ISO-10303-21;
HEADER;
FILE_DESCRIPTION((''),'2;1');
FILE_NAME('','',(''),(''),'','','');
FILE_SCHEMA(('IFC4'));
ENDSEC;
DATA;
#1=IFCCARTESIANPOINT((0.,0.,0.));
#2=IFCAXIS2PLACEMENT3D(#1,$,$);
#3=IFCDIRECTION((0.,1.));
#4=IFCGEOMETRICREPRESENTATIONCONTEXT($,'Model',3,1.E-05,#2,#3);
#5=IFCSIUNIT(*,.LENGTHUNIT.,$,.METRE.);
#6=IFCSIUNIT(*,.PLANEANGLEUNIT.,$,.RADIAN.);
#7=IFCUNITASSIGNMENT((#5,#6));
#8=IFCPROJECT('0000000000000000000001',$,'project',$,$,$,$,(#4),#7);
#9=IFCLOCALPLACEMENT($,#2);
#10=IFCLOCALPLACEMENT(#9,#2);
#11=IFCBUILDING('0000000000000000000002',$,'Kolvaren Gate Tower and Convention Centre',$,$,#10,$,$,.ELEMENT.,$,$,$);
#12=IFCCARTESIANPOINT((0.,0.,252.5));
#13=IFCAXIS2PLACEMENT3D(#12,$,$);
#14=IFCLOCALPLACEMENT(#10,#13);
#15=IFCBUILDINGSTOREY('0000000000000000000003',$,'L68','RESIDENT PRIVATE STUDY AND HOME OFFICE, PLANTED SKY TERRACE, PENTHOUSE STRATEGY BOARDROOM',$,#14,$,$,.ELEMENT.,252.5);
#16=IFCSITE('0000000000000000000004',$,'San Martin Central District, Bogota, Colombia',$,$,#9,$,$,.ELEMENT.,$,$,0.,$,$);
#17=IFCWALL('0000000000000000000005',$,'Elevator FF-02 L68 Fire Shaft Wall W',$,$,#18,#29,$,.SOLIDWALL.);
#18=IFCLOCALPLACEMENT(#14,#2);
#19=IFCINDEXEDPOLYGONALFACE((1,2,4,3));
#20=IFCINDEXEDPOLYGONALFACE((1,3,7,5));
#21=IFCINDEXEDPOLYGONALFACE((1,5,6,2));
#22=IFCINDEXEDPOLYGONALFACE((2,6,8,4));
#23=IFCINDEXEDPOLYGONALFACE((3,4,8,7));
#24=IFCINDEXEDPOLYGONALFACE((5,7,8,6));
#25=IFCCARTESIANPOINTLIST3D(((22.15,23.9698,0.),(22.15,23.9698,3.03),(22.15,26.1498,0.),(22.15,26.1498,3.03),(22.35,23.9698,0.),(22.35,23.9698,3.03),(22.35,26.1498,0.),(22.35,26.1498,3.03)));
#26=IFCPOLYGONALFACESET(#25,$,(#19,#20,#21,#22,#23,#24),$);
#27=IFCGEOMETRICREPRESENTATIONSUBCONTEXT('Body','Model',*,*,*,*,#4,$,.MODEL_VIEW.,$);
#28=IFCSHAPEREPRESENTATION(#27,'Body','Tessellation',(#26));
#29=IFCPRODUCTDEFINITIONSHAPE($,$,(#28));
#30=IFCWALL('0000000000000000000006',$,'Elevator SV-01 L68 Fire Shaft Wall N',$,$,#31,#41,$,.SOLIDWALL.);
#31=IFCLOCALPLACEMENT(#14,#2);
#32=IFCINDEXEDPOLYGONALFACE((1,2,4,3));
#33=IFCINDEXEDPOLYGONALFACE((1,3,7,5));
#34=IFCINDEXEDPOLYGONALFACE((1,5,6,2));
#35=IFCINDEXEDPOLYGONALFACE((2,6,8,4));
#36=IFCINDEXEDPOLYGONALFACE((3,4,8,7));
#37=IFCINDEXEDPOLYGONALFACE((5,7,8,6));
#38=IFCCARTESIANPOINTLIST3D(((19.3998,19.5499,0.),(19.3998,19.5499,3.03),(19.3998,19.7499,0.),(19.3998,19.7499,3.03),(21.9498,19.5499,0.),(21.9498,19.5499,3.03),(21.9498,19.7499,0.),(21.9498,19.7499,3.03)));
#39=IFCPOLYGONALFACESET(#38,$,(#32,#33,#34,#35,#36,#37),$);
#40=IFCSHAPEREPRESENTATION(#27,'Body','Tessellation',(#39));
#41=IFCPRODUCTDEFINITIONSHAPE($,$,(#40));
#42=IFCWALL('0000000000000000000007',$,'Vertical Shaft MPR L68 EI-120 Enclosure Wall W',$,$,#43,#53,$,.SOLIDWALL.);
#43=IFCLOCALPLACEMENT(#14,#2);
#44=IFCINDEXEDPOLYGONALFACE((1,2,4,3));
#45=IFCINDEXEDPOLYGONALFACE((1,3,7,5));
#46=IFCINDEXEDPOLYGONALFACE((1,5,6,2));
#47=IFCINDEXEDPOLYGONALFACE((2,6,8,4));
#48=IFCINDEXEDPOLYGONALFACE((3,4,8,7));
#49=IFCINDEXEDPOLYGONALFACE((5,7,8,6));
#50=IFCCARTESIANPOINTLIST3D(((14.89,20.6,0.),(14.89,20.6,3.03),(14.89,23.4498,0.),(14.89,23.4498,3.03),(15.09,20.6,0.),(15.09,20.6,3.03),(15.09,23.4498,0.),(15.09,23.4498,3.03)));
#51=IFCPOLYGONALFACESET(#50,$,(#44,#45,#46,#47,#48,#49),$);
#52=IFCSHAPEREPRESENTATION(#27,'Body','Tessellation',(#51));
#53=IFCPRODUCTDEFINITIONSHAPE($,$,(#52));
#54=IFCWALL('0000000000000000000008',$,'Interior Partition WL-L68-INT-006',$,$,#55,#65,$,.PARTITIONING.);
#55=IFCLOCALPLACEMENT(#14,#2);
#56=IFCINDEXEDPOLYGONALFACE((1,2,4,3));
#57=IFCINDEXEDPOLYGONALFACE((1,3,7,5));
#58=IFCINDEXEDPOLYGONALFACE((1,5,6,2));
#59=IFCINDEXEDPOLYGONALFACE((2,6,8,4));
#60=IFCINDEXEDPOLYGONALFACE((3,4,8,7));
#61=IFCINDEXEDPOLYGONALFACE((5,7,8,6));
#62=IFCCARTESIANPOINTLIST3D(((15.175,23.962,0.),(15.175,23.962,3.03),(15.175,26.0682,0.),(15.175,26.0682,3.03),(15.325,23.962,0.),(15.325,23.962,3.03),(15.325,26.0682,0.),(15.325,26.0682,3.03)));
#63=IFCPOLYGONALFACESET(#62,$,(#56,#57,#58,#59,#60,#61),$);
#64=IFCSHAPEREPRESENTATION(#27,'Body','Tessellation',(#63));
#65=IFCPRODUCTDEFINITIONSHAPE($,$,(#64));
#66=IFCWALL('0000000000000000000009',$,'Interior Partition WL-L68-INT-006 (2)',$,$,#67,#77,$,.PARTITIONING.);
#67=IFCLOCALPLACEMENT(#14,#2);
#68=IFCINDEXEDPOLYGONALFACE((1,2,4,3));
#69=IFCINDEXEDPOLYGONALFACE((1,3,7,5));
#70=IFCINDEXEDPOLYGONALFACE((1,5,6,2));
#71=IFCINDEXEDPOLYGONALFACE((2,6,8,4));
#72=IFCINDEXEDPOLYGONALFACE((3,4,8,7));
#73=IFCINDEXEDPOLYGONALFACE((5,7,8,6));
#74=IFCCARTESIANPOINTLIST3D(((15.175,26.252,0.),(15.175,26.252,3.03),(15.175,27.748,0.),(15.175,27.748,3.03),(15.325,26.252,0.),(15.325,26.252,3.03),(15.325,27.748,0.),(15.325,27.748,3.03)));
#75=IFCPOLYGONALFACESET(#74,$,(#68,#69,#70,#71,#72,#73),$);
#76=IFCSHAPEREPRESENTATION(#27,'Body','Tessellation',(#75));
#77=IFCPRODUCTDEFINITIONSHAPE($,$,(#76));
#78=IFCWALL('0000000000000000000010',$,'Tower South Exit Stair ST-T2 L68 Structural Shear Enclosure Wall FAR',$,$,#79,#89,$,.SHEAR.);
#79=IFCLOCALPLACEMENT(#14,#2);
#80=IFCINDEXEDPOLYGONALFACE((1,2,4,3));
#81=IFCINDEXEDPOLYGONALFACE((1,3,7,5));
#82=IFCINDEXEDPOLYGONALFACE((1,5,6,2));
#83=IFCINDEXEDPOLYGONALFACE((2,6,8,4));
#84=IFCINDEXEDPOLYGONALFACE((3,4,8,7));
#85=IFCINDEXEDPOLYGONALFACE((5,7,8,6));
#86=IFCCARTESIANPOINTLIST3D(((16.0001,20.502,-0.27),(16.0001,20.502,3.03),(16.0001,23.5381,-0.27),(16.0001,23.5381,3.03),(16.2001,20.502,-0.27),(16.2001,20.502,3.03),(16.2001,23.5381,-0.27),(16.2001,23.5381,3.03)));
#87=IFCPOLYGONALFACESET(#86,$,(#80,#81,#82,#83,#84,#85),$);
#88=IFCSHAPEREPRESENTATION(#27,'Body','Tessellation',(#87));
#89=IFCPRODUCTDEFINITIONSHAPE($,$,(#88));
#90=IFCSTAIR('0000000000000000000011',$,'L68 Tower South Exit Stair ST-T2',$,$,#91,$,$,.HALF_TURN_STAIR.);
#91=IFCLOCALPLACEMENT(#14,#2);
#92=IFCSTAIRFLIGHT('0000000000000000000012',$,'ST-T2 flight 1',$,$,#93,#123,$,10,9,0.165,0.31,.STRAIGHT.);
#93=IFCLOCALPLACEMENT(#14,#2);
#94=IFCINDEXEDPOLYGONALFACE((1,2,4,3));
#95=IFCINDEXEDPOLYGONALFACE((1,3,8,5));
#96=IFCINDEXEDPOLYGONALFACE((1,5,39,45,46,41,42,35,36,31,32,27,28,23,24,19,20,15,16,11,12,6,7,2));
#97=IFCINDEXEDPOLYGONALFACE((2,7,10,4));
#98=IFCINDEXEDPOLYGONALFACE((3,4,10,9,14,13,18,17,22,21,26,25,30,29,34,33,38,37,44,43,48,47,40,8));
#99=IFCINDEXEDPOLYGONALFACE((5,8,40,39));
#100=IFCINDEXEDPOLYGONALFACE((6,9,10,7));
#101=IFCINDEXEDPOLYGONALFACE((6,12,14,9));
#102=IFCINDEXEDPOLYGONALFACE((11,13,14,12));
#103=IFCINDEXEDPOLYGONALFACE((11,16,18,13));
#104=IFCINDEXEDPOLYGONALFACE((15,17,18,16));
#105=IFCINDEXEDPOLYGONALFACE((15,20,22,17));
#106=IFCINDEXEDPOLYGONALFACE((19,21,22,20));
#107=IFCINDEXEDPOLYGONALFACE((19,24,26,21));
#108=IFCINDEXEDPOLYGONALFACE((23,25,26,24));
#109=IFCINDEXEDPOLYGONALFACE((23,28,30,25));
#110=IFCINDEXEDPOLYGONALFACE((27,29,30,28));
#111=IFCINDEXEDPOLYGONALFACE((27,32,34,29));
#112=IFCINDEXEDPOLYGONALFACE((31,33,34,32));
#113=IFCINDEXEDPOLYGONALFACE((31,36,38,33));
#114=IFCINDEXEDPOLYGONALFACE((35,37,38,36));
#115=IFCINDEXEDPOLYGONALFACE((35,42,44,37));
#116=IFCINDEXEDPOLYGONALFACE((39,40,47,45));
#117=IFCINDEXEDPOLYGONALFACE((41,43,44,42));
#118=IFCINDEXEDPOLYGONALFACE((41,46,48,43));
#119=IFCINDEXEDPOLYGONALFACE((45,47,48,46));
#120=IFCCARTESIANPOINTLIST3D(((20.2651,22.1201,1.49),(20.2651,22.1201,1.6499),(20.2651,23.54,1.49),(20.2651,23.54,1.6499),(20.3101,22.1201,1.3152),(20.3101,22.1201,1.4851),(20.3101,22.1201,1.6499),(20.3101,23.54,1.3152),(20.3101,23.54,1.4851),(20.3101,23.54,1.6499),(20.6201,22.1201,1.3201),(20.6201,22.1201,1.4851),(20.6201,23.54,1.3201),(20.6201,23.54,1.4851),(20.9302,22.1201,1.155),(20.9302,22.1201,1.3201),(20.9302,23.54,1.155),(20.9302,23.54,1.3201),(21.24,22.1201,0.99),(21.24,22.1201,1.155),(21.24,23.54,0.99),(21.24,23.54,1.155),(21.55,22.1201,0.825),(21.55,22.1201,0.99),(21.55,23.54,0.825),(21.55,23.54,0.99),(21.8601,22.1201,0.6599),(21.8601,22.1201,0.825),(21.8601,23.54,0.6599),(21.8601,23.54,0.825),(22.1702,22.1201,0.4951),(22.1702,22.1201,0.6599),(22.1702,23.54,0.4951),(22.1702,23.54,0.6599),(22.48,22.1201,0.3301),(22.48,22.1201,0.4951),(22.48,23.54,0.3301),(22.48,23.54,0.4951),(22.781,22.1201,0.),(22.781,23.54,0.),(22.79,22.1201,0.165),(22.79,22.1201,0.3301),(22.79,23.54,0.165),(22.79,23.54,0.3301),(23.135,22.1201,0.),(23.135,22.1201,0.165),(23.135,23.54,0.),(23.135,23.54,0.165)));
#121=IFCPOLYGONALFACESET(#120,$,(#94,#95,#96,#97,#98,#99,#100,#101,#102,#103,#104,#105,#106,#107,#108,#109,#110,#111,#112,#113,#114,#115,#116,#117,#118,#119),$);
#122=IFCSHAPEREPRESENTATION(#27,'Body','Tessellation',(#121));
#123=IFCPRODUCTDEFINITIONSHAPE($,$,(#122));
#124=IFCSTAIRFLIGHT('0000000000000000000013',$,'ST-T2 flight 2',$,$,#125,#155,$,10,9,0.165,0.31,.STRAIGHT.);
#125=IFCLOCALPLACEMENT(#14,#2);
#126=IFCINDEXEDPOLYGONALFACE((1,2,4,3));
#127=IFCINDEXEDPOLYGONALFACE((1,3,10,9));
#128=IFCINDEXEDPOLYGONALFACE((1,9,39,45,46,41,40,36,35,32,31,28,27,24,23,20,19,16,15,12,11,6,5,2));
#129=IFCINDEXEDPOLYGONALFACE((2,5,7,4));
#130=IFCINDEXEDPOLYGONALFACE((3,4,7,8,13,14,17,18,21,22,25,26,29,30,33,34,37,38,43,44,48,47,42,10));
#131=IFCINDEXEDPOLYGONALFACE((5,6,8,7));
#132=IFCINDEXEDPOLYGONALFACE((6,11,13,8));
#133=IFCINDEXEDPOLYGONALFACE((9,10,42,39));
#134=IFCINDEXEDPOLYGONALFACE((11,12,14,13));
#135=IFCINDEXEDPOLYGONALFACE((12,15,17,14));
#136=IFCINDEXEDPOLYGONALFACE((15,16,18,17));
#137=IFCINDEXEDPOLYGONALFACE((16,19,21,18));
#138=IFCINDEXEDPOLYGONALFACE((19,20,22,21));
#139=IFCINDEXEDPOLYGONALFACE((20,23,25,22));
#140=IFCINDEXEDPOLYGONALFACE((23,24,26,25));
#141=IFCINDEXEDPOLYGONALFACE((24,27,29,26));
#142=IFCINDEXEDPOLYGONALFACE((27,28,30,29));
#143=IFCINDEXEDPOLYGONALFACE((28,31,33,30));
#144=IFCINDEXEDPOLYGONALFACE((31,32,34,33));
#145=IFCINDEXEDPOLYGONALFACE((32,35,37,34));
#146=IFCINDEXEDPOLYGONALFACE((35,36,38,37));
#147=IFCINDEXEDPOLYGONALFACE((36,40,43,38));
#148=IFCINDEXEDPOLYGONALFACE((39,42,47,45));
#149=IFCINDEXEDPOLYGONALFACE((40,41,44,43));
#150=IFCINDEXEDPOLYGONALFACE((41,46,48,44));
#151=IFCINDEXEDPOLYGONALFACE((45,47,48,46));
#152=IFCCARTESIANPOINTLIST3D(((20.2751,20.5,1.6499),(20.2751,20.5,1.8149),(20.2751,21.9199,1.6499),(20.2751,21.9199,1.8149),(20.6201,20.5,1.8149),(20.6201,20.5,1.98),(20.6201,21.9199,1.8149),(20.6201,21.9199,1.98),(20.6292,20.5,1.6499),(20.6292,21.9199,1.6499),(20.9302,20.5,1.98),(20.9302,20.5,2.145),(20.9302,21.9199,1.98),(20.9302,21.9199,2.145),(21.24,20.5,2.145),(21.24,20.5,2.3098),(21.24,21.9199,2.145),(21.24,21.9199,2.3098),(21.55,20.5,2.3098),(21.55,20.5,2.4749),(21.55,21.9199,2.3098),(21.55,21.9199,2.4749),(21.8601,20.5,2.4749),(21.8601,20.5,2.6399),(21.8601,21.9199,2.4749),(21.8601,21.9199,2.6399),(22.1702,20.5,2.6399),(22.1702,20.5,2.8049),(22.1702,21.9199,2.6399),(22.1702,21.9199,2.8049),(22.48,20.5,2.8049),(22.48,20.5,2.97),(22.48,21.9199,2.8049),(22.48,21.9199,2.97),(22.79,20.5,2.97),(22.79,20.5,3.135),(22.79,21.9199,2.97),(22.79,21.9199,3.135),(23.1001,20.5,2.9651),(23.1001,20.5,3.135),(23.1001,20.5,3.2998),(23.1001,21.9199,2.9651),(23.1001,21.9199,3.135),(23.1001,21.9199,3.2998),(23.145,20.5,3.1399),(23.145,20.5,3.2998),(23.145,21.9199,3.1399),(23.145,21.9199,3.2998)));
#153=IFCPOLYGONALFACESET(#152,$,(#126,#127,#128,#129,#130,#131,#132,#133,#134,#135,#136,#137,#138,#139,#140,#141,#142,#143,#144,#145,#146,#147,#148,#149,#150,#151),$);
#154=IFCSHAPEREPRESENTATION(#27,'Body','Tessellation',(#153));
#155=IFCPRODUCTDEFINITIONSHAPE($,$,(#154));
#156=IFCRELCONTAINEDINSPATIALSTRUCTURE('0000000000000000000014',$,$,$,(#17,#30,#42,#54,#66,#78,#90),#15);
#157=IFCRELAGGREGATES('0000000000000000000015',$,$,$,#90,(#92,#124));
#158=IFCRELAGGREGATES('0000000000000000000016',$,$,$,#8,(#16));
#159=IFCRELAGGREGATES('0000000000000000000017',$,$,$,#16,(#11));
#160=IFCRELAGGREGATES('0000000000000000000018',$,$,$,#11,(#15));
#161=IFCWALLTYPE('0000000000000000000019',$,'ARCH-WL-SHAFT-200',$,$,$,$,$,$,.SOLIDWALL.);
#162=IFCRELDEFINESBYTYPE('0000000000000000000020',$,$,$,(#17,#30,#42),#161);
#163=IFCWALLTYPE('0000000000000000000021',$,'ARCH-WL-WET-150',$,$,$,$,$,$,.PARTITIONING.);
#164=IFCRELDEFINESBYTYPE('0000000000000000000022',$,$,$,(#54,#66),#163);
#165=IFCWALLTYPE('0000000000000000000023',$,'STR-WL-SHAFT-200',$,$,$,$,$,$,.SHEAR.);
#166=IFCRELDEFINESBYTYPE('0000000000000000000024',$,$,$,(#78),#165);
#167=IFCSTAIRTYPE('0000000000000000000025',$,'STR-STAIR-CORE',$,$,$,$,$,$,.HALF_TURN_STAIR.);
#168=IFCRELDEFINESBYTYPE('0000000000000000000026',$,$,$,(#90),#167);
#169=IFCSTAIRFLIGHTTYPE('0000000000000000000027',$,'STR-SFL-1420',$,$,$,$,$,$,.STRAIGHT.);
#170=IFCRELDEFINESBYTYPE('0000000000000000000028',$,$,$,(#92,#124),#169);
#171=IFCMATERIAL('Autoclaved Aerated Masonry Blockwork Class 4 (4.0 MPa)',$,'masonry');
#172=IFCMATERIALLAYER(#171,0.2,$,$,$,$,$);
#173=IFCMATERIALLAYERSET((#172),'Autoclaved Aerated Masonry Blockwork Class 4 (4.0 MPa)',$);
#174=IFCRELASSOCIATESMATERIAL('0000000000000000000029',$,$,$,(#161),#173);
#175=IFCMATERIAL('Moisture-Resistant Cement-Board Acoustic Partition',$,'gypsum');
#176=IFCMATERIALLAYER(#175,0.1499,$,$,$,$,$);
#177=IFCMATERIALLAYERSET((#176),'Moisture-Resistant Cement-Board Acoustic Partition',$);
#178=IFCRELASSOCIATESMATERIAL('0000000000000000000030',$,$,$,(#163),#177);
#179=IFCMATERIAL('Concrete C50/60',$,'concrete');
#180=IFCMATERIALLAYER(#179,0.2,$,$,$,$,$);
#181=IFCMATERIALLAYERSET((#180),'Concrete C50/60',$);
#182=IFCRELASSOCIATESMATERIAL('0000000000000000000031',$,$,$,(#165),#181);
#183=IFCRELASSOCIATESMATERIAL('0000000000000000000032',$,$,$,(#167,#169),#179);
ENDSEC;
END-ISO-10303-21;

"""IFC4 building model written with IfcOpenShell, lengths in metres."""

from ifc_helpers import new_model, si_unit, direction, frame, frame_2d, origin, place, context, subcontext, project, spatial, polyline, rectangle, outline, extrude, material, layer, layer_set, type_object, element, aggregate, save


model = new_model("IFC4")

# Units and contexts
model_context = context("Model", 3, precision=1e-05, world=origin(), true_north=direction((0.0, 1.0)))
body_context = subcontext(model_context, "Body", "Model", "MODEL_VIEW")
ifc_project = project(units=[si_unit("LENGTHUNIT", "METRE"), si_unit("PLANEANGLEUNIT", "RADIAN")], contexts=[model_context])

# Site, building, storey
site_placement = place(None, origin())
site = spatial("IfcSite", under=ifc_project, at=site_placement, Name="San Martin Central District, Bogota, Colombia", CompositionType="ELEMENT", RefElevation=0.0)
building_placement = place(site_placement, origin())
building = spatial("IfcBuilding", under=site, at=building_placement, Name="Kolvaren Gate Tower and Convention Centre", CompositionType="ELEMENT")
storey_placement = place(building_placement, frame((0.0, 0.0, 252.5)))
storey = spatial("IfcBuildingStorey", under=building, at=storey_placement, Name="L68", Description="RESIDENT PRIVATE STUDY AND HOME OFFICE, PLANTED SKY TERRACE, PENTHOUSE STRATEGY BOARDROOM", CompositionType="ELEMENT", Elevation=252.5)

# Shared definitions
ifc_material_1 = material(Name="Autoclaved Aerated Masonry Blockwork Class 4 (4.0 MPa)", Category="masonry")

# Walls
ifc_layer_1 = layer(ifc_material_1, 0.2)
ifc_layer_set_1 = layer_set([ifc_layer_1], Name="Autoclaved Aerated Masonry Blockwork Class 4 (4.0 MPa)")
wall_type_1 = type_object("IfcWallType", Name="ARCH-WL-SHAFT-200", PredefinedType="SOLIDWALL", material=ifc_layer_set_1)
wall_1_placement = place(storey_placement, frame((22.25, 23.97, 0.0), z_axis=(0.0, 0.0, 1.0), x_axis=(0.0, 1.0, 0.0)))
element("IfcWall", 1, at=wall_1_placement, inside=storey, type_object=wall_type_1, Name="Elevator FF-02 L68 Fire Shaft Wall W", PredefinedType="SOLIDWALL", context=body_context, shape_type="SweptSolid", body=[
    extrude(rectangle(XDim=2.1799, YDim=0.2, at=frame_2d((1.0898, 0.0))), origin(), (0.0, 0.0, 1.0), 3.03),
])
wall_2_placement = place(storey_placement, frame((19.3999, 19.6499, 0.0), z_axis=(0.0, 0.0, 1.0), x_axis=(1.0, 0.0, 0.0)))
element("IfcWall", 2, at=wall_2_placement, inside=storey, type_object=wall_type_1, Name="Elevator SV-01 L68 Fire Shaft Wall N", PredefinedType="SOLIDWALL", context=body_context, shape_type="SweptSolid", body=[
    extrude(rectangle(XDim=2.55, YDim=0.2, at=frame_2d((1.2749, 0.0))), origin(), (0.0, 0.0, 1.0), 3.03),
])
wall_3_placement = place(storey_placement, frame((14.99, 20.6001, 0.0), z_axis=(0.0, 0.0, 1.0), x_axis=(0.0, 1.0, 0.0)))
element("IfcWall", 3, at=wall_3_placement, inside=storey, type_object=wall_type_1, Name="Vertical Shaft MPR L68 EI-120 Enclosure Wall W", PredefinedType="SOLIDWALL", context=body_context, shape_type="SweptSolid", body=[
    extrude(rectangle(XDim=2.8499, YDim=0.2, at=frame_2d((1.4248, 0.0))), origin(), (0.0, 0.0, 1.0), 3.03),
])
ifc_material_2 = material(Name="Moisture-Resistant Cement-Board Acoustic Partition", Category="gypsum")
ifc_layer_2 = layer(ifc_material_2, 0.1499)
ifc_layer_set_2 = layer_set([ifc_layer_2], Name="Moisture-Resistant Cement-Board Acoustic Partition")
wall_type_2 = type_object("IfcWallType", Name="ARCH-WL-WET-150", PredefinedType="PARTITIONING", material=ifc_layer_set_2)
wall_4_placement = place(storey_placement, frame((15.25, 23.9619, 0.0), z_axis=(0.0, 0.0, 1.0), x_axis=(0.0, 1.0, 0.0)))
element("IfcWall", 4, at=wall_4_placement, inside=storey, type_object=wall_type_2, Name="Interior Partition WL-L68-INT-006", PredefinedType="PARTITIONING", context=body_context, shape_type="SweptSolid", body=[
    extrude(rectangle(XDim=2.1062, YDim=0.1499, at=frame_2d((1.0532, 0.0))), origin(), (0.0, 0.0, 1.0), 3.03),
])
wall_5_placement = place(storey_placement, frame((15.25, 26.252, 0.0), z_axis=(0.0, 0.0, 1.0), x_axis=(0.0, 1.0, 0.0)))
element("IfcWall", 5, at=wall_5_placement, inside=storey, type_object=wall_type_2, Name="Interior Partition WL-L68-INT-006 (2)", PredefinedType="PARTITIONING", context=body_context, shape_type="SweptSolid", body=[
    extrude(rectangle(XDim=1.4961, YDim=0.1499, at=frame_2d((0.748, 0.0))), origin(), (0.0, 0.0, 1.0), 3.03),
])
ifc_material_3 = material(Name="Concrete C50/60", Category="concrete")
ifc_layer_3 = layer(ifc_material_3, 0.2)
ifc_layer_set_3 = layer_set([ifc_layer_3], Name="Concrete C50/60")
wall_type_3 = type_object("IfcWallType", Name="STR-WL-SHAFT-200", PredefinedType="SHEAR", material=ifc_layer_set_3)
wall_6_placement = place(storey_placement, frame((16.1001, 20.502, -0.27), z_axis=(0.0, 0.0, 1.0), x_axis=(0.0, 1.0, 0.0)))
element("IfcWall", 6, at=wall_6_placement, inside=storey, type_object=wall_type_3, Name="Tower South Exit Stair ST-T2 L68 Structural Shear Enclosure Wall FAR", PredefinedType="SHEAR", context=body_context, shape_type="SweptSolid", body=[
    extrude(rectangle(XDim=3.0361, YDim=0.2, at=frame_2d((1.5181, 0.0))), origin(), (0.0, 0.0, 1.0), 3.3),
])

# Stair, stair flights
stair_type = type_object("IfcStairType", Name="STR-STAIR-CORE", PredefinedType="HALF_TURN_STAIR", material=ifc_material_3)
stair_placement = place(storey_placement, origin())
stair = element("IfcStair", 7, at=stair_placement, inside=storey, type_object=stair_type, Name="L68 Tower South Exit Stair ST-T2", PredefinedType="HALF_TURN_STAIR")
stair_flight_type = type_object("IfcStairFlightType", Name="STR-SFL-1420", PredefinedType="STRAIGHT", material=ifc_material_3)
stair_flight_1_placement = place(storey_placement, frame((23.1001, 22.8301, 0.0), z_axis=(0.0, 0.0, 1.0), x_axis=(-1.0, 0.0, 0.0)))
stair_flight_1 = element("IfcStairFlight", 8, at=stair_flight_1_placement, type_object=stair_flight_type, Name="ST-T2 flight 1", NumberOfRisers=10, NumberOfTreads=9, PredefinedType="STRAIGHT", RiserHeight=0.165, TreadLength=0.31, context=body_context, shape_type="SweptSolid", body=[
    extrude(outline(polyline([(-0.0349, 0.0), (-0.0349, 0.165), (0.3101, 0.165), (0.3101, 0.3301), (0.6201, 0.3301), (0.6201, 0.4951), (0.9299, 0.4951), (0.9299, 0.6599), (1.24, 0.6599), (1.24, 0.825), (1.55, 0.825), (1.55, 0.99), (1.8601, 0.99), (1.8601, 1.155), (2.1699, 1.155), (2.1699, 1.3201), (2.48, 1.3201), (2.48, 1.4851), (2.79, 1.4851), (2.79, 1.6499), (2.835, 1.6499), (2.835, 1.49), (2.79, 1.3152), (0.3191, 0.0), (-0.0349, 0.0)])), frame((0.0, 0.71, 0.0), z_axis=(0.0, -1.0, 0.0), x_axis=(1.0, 0.0, 0.0)), (0.0, 0.0, 1.0), 1.4199),
])
stair_flight_2_placement = place(storey_placement, frame((20.3101, 21.21, 1.6499), z_axis=(0.0, 0.0, 1.0), x_axis=(1.0, 0.0, 0.0)))
stair_flight_2 = element("IfcStairFlight", 9, at=stair_flight_2_placement, type_object=stair_flight_type, Name="ST-T2 flight 2", NumberOfRisers=10, NumberOfTreads=9, PredefinedType="STRAIGHT", RiserHeight=0.165, TreadLength=0.31, context=body_context, shape_type="SweptSolid", body=[
    extrude(outline(polyline([(-0.0349, 0.0), (-0.0349, 0.165), (0.3101, 0.165), (0.3101, 0.3301), (0.6201, 0.3301), (0.6201, 0.4951), (0.9299, 0.4951), (0.9299, 0.6599), (1.24, 0.6599), (1.24, 0.825), (1.55, 0.825), (1.55, 0.99), (1.8601, 0.99), (1.8601, 1.155), (2.1699, 1.155), (2.1699, 1.3201), (2.48, 1.3201), (2.48, 1.4851), (2.79, 1.4851), (2.79, 1.6499), (2.835, 1.6499), (2.835, 1.49), (2.79, 1.3152), (0.3191, 0.0), (-0.0349, 0.0)])), frame((0.0, 0.71, 0.0), z_axis=(0.0, -1.0, 0.0), x_axis=(1.0, 0.0, 0.0)), (0.0, 0.0, 1.0), 1.4199),
])
aggregate(stair, [stair_flight_1, stair_flight_2])

save(model, "model.ifc")
